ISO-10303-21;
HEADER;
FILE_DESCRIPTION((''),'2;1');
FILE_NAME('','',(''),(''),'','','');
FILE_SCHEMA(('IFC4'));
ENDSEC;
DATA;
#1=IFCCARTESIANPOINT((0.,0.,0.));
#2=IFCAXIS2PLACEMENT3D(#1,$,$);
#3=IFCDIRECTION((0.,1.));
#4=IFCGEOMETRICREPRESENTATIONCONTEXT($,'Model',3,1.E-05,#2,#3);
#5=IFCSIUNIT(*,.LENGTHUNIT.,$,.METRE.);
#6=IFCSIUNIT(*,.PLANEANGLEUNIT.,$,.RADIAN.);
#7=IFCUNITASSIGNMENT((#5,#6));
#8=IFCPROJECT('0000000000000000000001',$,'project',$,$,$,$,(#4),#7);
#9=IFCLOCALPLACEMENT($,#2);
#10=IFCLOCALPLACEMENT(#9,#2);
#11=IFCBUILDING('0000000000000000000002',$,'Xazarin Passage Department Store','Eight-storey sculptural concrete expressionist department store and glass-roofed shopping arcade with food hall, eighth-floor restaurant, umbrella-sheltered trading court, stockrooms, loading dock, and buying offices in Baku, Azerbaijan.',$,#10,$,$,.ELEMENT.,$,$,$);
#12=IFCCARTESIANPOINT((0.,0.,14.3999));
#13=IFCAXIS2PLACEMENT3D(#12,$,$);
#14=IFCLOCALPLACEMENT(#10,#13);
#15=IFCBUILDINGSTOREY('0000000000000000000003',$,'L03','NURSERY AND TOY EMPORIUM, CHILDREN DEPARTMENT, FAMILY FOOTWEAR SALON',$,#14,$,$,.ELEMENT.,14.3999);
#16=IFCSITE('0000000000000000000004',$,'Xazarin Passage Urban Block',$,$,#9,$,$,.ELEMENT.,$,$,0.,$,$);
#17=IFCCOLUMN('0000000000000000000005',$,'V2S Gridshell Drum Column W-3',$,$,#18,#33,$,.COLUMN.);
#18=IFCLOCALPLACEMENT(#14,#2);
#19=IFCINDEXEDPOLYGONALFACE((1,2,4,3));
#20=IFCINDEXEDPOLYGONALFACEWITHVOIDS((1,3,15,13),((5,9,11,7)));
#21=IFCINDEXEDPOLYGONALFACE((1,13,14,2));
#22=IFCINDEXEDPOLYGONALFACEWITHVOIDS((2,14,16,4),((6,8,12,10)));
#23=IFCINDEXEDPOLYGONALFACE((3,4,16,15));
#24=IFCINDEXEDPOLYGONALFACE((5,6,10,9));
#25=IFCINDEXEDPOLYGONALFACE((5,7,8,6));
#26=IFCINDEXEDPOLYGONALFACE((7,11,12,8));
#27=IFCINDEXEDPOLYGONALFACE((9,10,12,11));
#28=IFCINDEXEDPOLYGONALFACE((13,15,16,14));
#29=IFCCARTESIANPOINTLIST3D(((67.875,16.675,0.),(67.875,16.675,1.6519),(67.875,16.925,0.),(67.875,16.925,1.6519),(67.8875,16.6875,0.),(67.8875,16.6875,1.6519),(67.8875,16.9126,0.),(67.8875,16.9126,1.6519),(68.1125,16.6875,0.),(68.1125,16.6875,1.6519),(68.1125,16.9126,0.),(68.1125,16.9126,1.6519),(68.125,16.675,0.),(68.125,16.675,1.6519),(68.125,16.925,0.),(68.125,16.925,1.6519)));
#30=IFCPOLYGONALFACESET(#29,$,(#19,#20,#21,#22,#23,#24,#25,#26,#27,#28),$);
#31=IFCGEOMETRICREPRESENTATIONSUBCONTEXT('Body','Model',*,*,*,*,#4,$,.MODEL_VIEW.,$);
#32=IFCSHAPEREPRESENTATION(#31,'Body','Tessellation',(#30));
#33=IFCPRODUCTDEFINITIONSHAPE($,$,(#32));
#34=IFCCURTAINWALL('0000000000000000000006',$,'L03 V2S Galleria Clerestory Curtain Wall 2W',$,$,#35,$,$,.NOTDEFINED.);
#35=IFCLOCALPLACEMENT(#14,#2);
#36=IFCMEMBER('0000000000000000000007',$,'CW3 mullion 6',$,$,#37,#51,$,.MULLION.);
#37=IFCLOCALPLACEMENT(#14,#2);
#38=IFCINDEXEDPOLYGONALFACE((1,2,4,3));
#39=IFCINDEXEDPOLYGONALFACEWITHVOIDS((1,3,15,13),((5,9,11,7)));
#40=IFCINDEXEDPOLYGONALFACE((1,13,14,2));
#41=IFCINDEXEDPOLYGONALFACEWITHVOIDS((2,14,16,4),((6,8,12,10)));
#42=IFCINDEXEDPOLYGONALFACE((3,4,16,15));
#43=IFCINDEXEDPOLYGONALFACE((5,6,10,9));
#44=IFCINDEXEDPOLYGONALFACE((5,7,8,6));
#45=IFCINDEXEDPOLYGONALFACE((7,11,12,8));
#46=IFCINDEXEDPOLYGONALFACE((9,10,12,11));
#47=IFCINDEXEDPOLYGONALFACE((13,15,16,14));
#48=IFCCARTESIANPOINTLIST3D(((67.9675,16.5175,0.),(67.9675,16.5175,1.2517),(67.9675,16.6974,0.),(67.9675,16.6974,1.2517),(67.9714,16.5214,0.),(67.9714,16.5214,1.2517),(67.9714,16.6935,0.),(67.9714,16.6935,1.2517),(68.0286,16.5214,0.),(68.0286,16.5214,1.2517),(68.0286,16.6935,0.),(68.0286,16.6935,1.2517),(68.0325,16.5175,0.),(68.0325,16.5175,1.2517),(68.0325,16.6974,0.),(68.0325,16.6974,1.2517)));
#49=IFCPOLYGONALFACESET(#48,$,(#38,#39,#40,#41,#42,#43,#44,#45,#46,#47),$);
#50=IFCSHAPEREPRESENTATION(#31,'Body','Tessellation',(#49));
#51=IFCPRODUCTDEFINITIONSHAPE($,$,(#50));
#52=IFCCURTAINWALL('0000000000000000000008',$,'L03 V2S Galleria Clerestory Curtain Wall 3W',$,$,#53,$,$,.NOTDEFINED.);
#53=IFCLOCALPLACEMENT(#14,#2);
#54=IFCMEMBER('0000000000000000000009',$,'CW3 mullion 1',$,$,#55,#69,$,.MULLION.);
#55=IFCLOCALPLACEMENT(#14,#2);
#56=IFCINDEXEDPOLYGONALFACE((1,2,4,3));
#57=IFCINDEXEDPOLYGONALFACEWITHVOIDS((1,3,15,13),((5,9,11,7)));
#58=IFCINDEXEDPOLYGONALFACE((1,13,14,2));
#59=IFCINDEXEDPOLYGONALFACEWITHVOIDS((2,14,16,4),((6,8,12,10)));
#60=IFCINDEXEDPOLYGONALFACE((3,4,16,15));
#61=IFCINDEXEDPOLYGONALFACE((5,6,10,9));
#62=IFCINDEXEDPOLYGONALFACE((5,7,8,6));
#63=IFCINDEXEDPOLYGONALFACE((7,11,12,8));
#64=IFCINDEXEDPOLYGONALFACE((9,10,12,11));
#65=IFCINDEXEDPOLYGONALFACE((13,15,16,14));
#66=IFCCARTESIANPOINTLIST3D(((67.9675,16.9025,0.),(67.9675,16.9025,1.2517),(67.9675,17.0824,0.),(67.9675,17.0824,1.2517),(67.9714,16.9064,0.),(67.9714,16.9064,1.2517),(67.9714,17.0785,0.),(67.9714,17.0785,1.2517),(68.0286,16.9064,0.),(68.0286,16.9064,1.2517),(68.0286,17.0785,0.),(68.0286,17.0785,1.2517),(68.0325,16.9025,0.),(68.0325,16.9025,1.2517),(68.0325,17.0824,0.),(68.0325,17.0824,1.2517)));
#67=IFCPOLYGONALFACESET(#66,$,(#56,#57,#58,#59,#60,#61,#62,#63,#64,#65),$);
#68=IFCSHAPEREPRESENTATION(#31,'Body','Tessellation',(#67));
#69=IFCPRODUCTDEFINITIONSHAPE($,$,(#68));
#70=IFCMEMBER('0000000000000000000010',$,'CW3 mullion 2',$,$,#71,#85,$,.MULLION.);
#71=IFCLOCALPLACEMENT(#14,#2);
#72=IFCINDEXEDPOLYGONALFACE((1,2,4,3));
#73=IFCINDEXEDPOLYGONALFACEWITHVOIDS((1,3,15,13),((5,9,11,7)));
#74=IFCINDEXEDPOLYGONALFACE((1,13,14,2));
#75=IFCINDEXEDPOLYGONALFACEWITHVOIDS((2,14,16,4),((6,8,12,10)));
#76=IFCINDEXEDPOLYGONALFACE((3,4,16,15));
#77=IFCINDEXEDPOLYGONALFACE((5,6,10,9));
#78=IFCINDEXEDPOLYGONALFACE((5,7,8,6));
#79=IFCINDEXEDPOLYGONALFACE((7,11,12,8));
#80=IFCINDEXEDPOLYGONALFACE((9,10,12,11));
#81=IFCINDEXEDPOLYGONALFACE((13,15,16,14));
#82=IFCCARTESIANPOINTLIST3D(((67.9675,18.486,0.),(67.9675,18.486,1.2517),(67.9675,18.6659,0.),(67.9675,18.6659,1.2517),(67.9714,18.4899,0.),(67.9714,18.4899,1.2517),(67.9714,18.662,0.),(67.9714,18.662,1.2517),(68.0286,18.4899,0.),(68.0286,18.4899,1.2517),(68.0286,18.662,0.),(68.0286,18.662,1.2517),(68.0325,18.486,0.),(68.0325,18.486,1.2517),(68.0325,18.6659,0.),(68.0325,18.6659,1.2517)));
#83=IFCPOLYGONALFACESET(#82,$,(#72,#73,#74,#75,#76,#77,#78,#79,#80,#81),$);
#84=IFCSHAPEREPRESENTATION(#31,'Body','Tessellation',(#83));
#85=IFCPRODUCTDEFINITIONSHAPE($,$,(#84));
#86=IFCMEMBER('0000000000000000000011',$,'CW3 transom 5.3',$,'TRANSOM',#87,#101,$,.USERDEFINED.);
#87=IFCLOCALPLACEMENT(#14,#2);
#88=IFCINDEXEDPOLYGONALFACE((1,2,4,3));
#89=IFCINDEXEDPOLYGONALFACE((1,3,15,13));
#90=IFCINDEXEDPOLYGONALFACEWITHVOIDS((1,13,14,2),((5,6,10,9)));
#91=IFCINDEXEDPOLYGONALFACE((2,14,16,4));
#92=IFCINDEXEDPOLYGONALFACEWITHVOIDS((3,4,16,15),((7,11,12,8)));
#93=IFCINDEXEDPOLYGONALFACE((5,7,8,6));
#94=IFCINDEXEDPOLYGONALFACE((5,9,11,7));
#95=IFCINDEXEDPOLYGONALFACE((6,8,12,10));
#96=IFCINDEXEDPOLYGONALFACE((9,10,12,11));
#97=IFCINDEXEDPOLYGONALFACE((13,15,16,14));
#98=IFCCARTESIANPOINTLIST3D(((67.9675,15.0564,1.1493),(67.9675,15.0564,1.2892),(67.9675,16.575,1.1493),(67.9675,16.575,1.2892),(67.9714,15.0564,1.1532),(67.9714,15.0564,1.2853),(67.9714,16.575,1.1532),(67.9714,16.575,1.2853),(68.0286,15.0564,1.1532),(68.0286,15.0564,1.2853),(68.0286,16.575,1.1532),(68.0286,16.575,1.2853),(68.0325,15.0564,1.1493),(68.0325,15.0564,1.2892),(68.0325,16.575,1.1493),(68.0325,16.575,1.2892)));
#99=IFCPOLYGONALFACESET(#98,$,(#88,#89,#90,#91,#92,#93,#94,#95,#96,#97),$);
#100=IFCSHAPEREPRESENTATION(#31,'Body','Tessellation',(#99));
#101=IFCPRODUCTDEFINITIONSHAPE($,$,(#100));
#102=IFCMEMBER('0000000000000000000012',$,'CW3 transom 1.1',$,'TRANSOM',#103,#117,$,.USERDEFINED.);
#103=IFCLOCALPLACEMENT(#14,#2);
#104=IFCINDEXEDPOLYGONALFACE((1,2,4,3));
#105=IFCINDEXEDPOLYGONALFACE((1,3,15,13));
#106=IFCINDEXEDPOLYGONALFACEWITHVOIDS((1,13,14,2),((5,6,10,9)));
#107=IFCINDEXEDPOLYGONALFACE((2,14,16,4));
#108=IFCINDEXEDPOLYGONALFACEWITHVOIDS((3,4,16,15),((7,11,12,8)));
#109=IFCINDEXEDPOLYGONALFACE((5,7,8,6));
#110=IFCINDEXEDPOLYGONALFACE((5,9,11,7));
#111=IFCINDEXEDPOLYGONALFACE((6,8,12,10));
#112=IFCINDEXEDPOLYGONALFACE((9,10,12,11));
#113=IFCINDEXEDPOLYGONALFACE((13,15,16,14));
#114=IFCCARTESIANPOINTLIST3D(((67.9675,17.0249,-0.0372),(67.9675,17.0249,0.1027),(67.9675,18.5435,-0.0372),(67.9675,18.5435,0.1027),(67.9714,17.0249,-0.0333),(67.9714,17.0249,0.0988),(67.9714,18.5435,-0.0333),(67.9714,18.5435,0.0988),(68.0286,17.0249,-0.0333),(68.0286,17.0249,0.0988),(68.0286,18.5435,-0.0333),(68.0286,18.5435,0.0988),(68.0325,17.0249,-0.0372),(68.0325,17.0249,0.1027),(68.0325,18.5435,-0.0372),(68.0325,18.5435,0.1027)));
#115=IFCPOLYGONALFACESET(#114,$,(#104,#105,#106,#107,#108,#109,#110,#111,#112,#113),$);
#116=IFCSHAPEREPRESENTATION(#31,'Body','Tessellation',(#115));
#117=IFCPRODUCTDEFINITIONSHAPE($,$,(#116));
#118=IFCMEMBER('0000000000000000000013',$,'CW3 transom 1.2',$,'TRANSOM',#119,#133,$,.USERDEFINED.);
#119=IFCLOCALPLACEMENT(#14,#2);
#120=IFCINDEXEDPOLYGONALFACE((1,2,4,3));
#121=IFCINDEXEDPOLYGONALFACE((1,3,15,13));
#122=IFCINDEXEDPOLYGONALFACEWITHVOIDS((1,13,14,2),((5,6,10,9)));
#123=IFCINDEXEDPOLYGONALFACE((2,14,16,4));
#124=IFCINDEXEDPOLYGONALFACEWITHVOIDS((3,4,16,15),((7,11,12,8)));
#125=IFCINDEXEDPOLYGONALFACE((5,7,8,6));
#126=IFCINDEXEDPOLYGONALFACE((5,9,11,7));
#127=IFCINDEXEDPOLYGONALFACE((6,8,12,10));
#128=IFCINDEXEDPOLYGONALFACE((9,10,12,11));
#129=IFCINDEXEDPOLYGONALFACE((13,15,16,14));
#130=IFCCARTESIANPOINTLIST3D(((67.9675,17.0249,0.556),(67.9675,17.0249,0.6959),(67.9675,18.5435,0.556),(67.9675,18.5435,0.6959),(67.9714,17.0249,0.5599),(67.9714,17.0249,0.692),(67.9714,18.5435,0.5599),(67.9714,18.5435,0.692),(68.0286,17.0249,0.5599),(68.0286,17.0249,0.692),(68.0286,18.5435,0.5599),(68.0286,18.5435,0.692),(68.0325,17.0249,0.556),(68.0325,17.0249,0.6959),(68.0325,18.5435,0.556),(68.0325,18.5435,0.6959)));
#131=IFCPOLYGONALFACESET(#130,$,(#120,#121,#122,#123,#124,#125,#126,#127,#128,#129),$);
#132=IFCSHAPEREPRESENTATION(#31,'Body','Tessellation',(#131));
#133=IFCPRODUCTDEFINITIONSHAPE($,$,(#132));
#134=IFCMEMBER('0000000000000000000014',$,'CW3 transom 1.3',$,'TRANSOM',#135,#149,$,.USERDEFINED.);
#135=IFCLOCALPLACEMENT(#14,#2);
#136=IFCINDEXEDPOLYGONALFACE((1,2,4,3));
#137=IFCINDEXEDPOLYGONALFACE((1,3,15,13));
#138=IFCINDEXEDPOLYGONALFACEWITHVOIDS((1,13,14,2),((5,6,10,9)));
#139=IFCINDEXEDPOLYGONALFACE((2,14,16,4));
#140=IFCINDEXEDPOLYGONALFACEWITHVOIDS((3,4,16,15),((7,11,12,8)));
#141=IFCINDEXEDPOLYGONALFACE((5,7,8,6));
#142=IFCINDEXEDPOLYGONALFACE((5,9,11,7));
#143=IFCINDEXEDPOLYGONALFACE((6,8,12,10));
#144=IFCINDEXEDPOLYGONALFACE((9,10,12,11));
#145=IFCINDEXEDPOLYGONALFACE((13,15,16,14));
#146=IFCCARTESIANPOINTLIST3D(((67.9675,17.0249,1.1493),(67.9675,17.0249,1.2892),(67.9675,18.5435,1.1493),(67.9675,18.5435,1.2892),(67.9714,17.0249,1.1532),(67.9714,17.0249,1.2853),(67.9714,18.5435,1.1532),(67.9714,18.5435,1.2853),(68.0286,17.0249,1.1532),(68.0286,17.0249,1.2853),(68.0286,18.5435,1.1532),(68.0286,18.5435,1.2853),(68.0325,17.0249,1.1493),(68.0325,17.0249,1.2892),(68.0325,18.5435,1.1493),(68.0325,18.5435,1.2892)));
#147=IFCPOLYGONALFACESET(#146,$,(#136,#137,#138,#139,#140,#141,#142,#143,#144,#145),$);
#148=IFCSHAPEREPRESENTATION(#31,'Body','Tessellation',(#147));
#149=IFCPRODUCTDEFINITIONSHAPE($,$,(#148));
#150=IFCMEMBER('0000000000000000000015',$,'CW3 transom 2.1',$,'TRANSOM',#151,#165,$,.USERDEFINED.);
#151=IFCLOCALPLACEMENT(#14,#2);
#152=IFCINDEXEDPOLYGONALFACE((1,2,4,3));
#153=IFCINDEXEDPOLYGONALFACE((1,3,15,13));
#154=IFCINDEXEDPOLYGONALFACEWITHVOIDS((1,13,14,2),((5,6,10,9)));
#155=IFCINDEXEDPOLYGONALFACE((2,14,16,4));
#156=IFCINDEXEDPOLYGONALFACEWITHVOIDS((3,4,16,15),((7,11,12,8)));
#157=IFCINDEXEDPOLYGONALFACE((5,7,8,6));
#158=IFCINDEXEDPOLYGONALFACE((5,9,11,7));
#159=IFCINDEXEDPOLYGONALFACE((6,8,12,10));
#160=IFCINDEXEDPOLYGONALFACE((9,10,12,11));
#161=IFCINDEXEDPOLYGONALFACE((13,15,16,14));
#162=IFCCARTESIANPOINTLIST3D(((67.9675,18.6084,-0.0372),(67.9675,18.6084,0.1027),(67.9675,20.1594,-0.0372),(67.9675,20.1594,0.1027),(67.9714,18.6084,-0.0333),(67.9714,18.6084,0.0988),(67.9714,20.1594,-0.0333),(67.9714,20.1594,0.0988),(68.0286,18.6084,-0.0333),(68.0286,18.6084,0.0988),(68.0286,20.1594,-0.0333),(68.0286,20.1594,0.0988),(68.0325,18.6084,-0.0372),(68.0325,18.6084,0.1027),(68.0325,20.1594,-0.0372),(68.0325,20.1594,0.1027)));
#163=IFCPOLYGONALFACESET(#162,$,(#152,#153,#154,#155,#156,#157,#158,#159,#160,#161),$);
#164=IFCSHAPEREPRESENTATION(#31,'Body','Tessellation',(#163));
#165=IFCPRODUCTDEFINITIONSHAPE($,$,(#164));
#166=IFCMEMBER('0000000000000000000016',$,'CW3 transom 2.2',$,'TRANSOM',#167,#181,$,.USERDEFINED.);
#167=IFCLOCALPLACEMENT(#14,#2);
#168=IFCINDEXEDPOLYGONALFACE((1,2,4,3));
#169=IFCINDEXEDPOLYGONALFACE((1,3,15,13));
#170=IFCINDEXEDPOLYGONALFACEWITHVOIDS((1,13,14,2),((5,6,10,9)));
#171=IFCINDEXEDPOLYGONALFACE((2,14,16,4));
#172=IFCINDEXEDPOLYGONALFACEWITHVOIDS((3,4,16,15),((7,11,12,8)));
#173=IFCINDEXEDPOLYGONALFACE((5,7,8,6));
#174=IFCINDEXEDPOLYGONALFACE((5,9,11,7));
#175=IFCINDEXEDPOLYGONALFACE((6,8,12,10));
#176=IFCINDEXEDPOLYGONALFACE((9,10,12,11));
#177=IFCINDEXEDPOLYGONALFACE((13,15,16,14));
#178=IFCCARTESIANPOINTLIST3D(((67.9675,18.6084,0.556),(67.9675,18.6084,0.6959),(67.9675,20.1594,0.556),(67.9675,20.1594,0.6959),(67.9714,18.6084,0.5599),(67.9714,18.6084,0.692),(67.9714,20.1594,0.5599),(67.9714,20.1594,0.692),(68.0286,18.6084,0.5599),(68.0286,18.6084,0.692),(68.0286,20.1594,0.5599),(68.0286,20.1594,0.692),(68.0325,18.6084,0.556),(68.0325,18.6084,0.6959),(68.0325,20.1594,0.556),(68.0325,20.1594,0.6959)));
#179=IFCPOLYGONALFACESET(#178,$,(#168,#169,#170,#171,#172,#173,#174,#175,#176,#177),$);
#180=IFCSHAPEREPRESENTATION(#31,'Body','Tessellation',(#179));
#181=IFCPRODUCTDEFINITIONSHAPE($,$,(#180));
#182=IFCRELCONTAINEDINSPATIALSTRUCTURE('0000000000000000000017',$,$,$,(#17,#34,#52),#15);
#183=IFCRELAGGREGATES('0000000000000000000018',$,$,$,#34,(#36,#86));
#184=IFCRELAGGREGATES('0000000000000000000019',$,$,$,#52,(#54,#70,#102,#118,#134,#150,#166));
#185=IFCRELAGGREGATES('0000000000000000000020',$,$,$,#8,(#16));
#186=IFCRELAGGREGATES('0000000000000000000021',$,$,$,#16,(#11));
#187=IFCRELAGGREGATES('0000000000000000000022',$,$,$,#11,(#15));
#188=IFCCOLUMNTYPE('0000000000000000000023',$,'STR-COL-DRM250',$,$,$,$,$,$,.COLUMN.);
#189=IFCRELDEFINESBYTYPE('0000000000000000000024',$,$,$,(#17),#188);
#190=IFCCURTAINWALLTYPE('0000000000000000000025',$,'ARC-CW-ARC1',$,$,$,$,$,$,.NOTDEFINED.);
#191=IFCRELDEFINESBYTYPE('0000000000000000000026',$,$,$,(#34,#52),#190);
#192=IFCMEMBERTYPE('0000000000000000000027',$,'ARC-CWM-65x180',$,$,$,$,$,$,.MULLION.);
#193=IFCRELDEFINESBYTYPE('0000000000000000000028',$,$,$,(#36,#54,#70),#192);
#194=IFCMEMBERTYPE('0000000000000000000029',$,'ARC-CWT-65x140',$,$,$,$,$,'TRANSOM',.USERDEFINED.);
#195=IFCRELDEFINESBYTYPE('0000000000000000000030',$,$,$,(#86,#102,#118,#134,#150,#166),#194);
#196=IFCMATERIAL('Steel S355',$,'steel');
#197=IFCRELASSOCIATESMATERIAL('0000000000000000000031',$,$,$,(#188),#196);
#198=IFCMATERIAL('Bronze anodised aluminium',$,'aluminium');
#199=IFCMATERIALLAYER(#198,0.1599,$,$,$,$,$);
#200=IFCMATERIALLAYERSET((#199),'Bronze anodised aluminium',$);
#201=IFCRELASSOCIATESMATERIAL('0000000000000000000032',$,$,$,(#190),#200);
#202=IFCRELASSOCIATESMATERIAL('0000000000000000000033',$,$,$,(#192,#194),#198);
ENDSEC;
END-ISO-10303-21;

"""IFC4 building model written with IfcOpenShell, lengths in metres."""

from ifc_helpers import new_model, si_unit, direction, frame, origin, origin_2d, place, context, subcontext, project, spatial, hollow_rectangle, extrude, material, layer, layer_set, material_profile, profile_set, type_object, element, aggregate, save


model = new_model("IFC4")

# Units and contexts
model_context = context("Model", 3, precision=1e-05, world=origin(), true_north=direction((0.0, 1.0)))
body_context = subcontext(model_context, "Body", "Model", "MODEL_VIEW")
ifc_project = project(units=[si_unit("LENGTHUNIT", "METRE"), si_unit("PLANEANGLEUNIT", "RADIAN")], contexts=[model_context])

# Site, building, storey
site_placement = place(None, origin())
site = spatial("IfcSite", under=ifc_project, at=site_placement, Name="Xazarin Passage Urban Block", CompositionType="ELEMENT", RefElevation=0.0)
building_placement = place(site_placement, origin())
building = spatial("IfcBuilding", under=site, at=building_placement, Name="Xazarin Passage Department Store", Description="Eight-storey sculptural concrete expressionist department store and glass-roofed shopping arcade with food hall, eighth-floor restaurant, umbrella-sheltered trading court, stockrooms, loading dock, and buying offices in Baku, Azerbaijan.", CompositionType="ELEMENT")
storey_placement = place(building_placement, frame((0.0, 0.0, 14.3999)))
storey = spatial("IfcBuildingStorey", under=building, at=storey_placement, Name="L03", Description="NURSERY AND TOY EMPORIUM, CHILDREN DEPARTMENT, FAMILY FOOTWEAR SALON", CompositionType="ELEMENT", Elevation=14.3999)

# Column
ifc_material_1 = material(Name="Steel S355", Category="steel")
ifc_material_profile_1 = material_profile(ifc_material_1, hollow_rectangle(XDim=0.25, YDim=0.25, WallThickness=0.0125, at=origin_2d()), Name="SHS 250x250x12.5")
ifc_profile_set_1 = profile_set([ifc_material_profile_1], Name="Steel S355")
column_type = type_object("IfcColumnType", Name="STR-COL-DRM250", PredefinedType="COLUMN", material=ifc_profile_set_1)
column_placement = place(storey_placement, frame((68.0, 16.8, 0.0), z_axis=(0.0, 0.0, 1.0), x_axis=(1.0, 0.0, 0.0)))
element("IfcColumn", 1, at=column_placement, inside=storey, type_object=column_type, Name="V2S Gridshell Drum Column W-3", PredefinedType="COLUMN", context=body_context, shape_type="SweptSolid", body=[
    extrude(hollow_rectangle(XDim=0.25, YDim=0.25, WallThickness=0.0125, at=origin_2d()), origin(), (0.0, 0.0, 1.0), 1.6519),
])

# Curtain wall, member
ifc_material_2 = material(Name="Bronze anodised aluminium", Category="aluminium")
ifc_layer_1 = layer(ifc_material_2, 0.1599)
ifc_layer_set_1 = layer_set([ifc_layer_1], Name="Bronze anodised aluminium")
curtain_wall_type = type_object("IfcCurtainWallType", Name="ARC-CW-ARC1", PredefinedType="NOTDEFINED", material=ifc_layer_set_1)
curtain_wall_1_placement = place(storey_placement, origin())
curtain_wall_1 = element("IfcCurtainWall", 2, at=curtain_wall_1_placement, inside=storey, type_object=curtain_wall_type, Name="L03 V2S Galleria Clerestory Curtain Wall 2W", PredefinedType="NOTDEFINED")
ifc_material_profile_2 = material_profile(ifc_material_2, hollow_rectangle(XDim=0.0649, YDim=0.1799, WallThickness=0.0039, at=origin_2d()), Name="ALU 65x180")
ifc_profile_set_2 = profile_set([ifc_material_profile_2], Name="Bronze anodised aluminium")
member_type_1 = type_object("IfcMemberType", Name="ARC-CWM-65x180", PredefinedType="MULLION", material=ifc_profile_set_2)
member_1_placement = place(storey_placement, frame((68.0, 16.6074, 0.0), z_axis=(0.0, 0.0, 1.0), x_axis=(-1.0, 0.0, 0.0)))
member_1 = element("IfcMember", 3, at=member_1_placement, type_object=member_type_1, Name="CW3 mullion 6", PredefinedType="MULLION", context=body_context, shape_type="SweptSolid", body=[
    extrude(hollow_rectangle(XDim=0.0649, YDim=0.1799, WallThickness=0.0039, at=origin_2d()), origin(), (0.0, 0.0, 1.0), 1.2517),
])

# Curtain wall, members
curtain_wall_2_placement = place(storey_placement, origin())
curtain_wall_2 = element("IfcCurtainWall", 4, at=curtain_wall_2_placement, inside=storey, type_object=curtain_wall_type, Name="L03 V2S Galleria Clerestory Curtain Wall 3W", PredefinedType="NOTDEFINED")
member_2_placement = place(storey_placement, frame((68.0, 16.9924, 0.0), z_axis=(0.0, 0.0, 1.0), x_axis=(-1.0, 0.0, 0.0)))
member_2 = element("IfcMember", 5, at=member_2_placement, type_object=member_type_1, Name="CW3 mullion 1", PredefinedType="MULLION", context=body_context, shape_type="SweptSolid", body=[
    extrude(hollow_rectangle(XDim=0.0649, YDim=0.1799, WallThickness=0.0039, at=origin_2d()), origin(), (0.0, 0.0, 1.0), 1.2517),
])
member_3_placement = place(storey_placement, frame((68.0, 18.5759, 0.0), z_axis=(0.0, 0.0, 1.0), x_axis=(-1.0, 0.0, 0.0)))
member_3 = element("IfcMember", 6, at=member_3_placement, type_object=member_type_1, Name="CW3 mullion 2", PredefinedType="MULLION", context=body_context, shape_type="SweptSolid", body=[
    extrude(hollow_rectangle(XDim=0.0649, YDim=0.1799, WallThickness=0.0039, at=origin_2d()), origin(), (0.0, 0.0, 1.0), 1.2517),
])

# Members
ifc_material_profile_3 = material_profile(ifc_material_2, hollow_rectangle(XDim=0.0649, YDim=0.1399, WallThickness=0.0039, at=origin_2d()), Name="ALU 65x140")
ifc_profile_set_3 = profile_set([ifc_material_profile_3], Name="Bronze anodised aluminium")
member_type_2 = type_object("IfcMemberType", Name="ARC-CWT-65x140", ElementType="TRANSOM", PredefinedType="USERDEFINED", material=ifc_profile_set_3)
member_4_placement = place(storey_placement, frame((68.0, 15.0564, 1.2192), z_axis=(0.0, 1.0, 0.0), x_axis=(-1.0, 0.0, 0.0)))
member_4 = element("IfcMember", 7, at=member_4_placement, type_object=member_type_2, Name="CW3 transom 5.3", ObjectType="TRANSOM", PredefinedType="USERDEFINED", context=body_context, shape_type="SweptSolid", body=[
    extrude(hollow_rectangle(XDim=0.0649, YDim=0.1399, WallThickness=0.0039, at=origin_2d()), origin(), (0.0, 0.0, 1.0), 1.5186),
])
member_5_placement = place(storey_placement, frame((68.0, 17.0249, 0.0327), z_axis=(0.0, 1.0, 0.0), x_axis=(-1.0, 0.0, 0.0)))
member_5 = element("IfcMember", 8, at=member_5_placement, type_object=member_type_2, Name="CW3 transom 1.1", ObjectType="TRANSOM", PredefinedType="USERDEFINED", context=body_context, shape_type="SweptSolid", body=[
    extrude(hollow_rectangle(XDim=0.0649, YDim=0.1399, WallThickness=0.0039, at=origin_2d()), origin(), (0.0, 0.0, 1.0), 1.5186),
])
member_6_placement = place(storey_placement, frame((68.0, 17.0249, 0.626), z_axis=(0.0, 1.0, 0.0), x_axis=(-1.0, 0.0, 0.0)))
member_6 = element("IfcMember", 9, at=member_6_placement, type_object=member_type_2, Name="CW3 transom 1.2", ObjectType="TRANSOM", PredefinedType="USERDEFINED", context=body_context, shape_type="SweptSolid", body=[
    extrude(hollow_rectangle(XDim=0.0649, YDim=0.1399, WallThickness=0.0039, at=origin_2d()), origin(), (0.0, 0.0, 1.0), 1.5186),
])
member_7_placement = place(storey_placement, frame((68.0, 17.0249, 1.2192), z_axis=(0.0, 1.0, 0.0), x_axis=(-1.0, 0.0, 0.0)))
member_7 = element("IfcMember", 10, at=member_7_placement, type_object=member_type_2, Name="CW3 transom 1.3", ObjectType="TRANSOM", PredefinedType="USERDEFINED", context=body_context, shape_type="SweptSolid", body=[
    extrude(hollow_rectangle(XDim=0.0649, YDim=0.1399, WallThickness=0.0039, at=origin_2d()), origin(), (0.0, 0.0, 1.0), 1.5186),
])
member_8_placement = place(storey_placement, frame((68.0, 18.6084, 0.0327), z_axis=(0.0, 1.0, 0.0), x_axis=(-1.0, 0.0, 0.0)))
member_8 = element("IfcMember", 11, at=member_8_placement, type_object=member_type_2, Name="CW3 transom 2.1", ObjectType="TRANSOM", PredefinedType="USERDEFINED", context=body_context, shape_type="SweptSolid", body=[
    extrude(hollow_rectangle(XDim=0.0649, YDim=0.1399, WallThickness=0.0039, at=origin_2d()), origin(), (0.0, 0.0, 1.0), 1.551),
])
member_9_placement = place(storey_placement, frame((68.0, 18.6084, 0.626), z_axis=(0.0, 1.0, 0.0), x_axis=(-1.0, 0.0, 0.0)))
member_9 = element("IfcMember", 12, at=member_9_placement, type_object=member_type_2, Name="CW3 transom 2.2", ObjectType="TRANSOM", PredefinedType="USERDEFINED", context=body_context, shape_type="SweptSolid", body=[
    extrude(hollow_rectangle(XDim=0.0649, YDim=0.1399, WallThickness=0.0039, at=origin_2d()), origin(), (0.0, 0.0, 1.0), 1.551),
])

aggregate(curtain_wall_1, [member_1, member_4])
aggregate(curtain_wall_2, [member_2, member_3, member_5, member_6, member_7, member_8, member_9])

save(model, "model.ifc")
